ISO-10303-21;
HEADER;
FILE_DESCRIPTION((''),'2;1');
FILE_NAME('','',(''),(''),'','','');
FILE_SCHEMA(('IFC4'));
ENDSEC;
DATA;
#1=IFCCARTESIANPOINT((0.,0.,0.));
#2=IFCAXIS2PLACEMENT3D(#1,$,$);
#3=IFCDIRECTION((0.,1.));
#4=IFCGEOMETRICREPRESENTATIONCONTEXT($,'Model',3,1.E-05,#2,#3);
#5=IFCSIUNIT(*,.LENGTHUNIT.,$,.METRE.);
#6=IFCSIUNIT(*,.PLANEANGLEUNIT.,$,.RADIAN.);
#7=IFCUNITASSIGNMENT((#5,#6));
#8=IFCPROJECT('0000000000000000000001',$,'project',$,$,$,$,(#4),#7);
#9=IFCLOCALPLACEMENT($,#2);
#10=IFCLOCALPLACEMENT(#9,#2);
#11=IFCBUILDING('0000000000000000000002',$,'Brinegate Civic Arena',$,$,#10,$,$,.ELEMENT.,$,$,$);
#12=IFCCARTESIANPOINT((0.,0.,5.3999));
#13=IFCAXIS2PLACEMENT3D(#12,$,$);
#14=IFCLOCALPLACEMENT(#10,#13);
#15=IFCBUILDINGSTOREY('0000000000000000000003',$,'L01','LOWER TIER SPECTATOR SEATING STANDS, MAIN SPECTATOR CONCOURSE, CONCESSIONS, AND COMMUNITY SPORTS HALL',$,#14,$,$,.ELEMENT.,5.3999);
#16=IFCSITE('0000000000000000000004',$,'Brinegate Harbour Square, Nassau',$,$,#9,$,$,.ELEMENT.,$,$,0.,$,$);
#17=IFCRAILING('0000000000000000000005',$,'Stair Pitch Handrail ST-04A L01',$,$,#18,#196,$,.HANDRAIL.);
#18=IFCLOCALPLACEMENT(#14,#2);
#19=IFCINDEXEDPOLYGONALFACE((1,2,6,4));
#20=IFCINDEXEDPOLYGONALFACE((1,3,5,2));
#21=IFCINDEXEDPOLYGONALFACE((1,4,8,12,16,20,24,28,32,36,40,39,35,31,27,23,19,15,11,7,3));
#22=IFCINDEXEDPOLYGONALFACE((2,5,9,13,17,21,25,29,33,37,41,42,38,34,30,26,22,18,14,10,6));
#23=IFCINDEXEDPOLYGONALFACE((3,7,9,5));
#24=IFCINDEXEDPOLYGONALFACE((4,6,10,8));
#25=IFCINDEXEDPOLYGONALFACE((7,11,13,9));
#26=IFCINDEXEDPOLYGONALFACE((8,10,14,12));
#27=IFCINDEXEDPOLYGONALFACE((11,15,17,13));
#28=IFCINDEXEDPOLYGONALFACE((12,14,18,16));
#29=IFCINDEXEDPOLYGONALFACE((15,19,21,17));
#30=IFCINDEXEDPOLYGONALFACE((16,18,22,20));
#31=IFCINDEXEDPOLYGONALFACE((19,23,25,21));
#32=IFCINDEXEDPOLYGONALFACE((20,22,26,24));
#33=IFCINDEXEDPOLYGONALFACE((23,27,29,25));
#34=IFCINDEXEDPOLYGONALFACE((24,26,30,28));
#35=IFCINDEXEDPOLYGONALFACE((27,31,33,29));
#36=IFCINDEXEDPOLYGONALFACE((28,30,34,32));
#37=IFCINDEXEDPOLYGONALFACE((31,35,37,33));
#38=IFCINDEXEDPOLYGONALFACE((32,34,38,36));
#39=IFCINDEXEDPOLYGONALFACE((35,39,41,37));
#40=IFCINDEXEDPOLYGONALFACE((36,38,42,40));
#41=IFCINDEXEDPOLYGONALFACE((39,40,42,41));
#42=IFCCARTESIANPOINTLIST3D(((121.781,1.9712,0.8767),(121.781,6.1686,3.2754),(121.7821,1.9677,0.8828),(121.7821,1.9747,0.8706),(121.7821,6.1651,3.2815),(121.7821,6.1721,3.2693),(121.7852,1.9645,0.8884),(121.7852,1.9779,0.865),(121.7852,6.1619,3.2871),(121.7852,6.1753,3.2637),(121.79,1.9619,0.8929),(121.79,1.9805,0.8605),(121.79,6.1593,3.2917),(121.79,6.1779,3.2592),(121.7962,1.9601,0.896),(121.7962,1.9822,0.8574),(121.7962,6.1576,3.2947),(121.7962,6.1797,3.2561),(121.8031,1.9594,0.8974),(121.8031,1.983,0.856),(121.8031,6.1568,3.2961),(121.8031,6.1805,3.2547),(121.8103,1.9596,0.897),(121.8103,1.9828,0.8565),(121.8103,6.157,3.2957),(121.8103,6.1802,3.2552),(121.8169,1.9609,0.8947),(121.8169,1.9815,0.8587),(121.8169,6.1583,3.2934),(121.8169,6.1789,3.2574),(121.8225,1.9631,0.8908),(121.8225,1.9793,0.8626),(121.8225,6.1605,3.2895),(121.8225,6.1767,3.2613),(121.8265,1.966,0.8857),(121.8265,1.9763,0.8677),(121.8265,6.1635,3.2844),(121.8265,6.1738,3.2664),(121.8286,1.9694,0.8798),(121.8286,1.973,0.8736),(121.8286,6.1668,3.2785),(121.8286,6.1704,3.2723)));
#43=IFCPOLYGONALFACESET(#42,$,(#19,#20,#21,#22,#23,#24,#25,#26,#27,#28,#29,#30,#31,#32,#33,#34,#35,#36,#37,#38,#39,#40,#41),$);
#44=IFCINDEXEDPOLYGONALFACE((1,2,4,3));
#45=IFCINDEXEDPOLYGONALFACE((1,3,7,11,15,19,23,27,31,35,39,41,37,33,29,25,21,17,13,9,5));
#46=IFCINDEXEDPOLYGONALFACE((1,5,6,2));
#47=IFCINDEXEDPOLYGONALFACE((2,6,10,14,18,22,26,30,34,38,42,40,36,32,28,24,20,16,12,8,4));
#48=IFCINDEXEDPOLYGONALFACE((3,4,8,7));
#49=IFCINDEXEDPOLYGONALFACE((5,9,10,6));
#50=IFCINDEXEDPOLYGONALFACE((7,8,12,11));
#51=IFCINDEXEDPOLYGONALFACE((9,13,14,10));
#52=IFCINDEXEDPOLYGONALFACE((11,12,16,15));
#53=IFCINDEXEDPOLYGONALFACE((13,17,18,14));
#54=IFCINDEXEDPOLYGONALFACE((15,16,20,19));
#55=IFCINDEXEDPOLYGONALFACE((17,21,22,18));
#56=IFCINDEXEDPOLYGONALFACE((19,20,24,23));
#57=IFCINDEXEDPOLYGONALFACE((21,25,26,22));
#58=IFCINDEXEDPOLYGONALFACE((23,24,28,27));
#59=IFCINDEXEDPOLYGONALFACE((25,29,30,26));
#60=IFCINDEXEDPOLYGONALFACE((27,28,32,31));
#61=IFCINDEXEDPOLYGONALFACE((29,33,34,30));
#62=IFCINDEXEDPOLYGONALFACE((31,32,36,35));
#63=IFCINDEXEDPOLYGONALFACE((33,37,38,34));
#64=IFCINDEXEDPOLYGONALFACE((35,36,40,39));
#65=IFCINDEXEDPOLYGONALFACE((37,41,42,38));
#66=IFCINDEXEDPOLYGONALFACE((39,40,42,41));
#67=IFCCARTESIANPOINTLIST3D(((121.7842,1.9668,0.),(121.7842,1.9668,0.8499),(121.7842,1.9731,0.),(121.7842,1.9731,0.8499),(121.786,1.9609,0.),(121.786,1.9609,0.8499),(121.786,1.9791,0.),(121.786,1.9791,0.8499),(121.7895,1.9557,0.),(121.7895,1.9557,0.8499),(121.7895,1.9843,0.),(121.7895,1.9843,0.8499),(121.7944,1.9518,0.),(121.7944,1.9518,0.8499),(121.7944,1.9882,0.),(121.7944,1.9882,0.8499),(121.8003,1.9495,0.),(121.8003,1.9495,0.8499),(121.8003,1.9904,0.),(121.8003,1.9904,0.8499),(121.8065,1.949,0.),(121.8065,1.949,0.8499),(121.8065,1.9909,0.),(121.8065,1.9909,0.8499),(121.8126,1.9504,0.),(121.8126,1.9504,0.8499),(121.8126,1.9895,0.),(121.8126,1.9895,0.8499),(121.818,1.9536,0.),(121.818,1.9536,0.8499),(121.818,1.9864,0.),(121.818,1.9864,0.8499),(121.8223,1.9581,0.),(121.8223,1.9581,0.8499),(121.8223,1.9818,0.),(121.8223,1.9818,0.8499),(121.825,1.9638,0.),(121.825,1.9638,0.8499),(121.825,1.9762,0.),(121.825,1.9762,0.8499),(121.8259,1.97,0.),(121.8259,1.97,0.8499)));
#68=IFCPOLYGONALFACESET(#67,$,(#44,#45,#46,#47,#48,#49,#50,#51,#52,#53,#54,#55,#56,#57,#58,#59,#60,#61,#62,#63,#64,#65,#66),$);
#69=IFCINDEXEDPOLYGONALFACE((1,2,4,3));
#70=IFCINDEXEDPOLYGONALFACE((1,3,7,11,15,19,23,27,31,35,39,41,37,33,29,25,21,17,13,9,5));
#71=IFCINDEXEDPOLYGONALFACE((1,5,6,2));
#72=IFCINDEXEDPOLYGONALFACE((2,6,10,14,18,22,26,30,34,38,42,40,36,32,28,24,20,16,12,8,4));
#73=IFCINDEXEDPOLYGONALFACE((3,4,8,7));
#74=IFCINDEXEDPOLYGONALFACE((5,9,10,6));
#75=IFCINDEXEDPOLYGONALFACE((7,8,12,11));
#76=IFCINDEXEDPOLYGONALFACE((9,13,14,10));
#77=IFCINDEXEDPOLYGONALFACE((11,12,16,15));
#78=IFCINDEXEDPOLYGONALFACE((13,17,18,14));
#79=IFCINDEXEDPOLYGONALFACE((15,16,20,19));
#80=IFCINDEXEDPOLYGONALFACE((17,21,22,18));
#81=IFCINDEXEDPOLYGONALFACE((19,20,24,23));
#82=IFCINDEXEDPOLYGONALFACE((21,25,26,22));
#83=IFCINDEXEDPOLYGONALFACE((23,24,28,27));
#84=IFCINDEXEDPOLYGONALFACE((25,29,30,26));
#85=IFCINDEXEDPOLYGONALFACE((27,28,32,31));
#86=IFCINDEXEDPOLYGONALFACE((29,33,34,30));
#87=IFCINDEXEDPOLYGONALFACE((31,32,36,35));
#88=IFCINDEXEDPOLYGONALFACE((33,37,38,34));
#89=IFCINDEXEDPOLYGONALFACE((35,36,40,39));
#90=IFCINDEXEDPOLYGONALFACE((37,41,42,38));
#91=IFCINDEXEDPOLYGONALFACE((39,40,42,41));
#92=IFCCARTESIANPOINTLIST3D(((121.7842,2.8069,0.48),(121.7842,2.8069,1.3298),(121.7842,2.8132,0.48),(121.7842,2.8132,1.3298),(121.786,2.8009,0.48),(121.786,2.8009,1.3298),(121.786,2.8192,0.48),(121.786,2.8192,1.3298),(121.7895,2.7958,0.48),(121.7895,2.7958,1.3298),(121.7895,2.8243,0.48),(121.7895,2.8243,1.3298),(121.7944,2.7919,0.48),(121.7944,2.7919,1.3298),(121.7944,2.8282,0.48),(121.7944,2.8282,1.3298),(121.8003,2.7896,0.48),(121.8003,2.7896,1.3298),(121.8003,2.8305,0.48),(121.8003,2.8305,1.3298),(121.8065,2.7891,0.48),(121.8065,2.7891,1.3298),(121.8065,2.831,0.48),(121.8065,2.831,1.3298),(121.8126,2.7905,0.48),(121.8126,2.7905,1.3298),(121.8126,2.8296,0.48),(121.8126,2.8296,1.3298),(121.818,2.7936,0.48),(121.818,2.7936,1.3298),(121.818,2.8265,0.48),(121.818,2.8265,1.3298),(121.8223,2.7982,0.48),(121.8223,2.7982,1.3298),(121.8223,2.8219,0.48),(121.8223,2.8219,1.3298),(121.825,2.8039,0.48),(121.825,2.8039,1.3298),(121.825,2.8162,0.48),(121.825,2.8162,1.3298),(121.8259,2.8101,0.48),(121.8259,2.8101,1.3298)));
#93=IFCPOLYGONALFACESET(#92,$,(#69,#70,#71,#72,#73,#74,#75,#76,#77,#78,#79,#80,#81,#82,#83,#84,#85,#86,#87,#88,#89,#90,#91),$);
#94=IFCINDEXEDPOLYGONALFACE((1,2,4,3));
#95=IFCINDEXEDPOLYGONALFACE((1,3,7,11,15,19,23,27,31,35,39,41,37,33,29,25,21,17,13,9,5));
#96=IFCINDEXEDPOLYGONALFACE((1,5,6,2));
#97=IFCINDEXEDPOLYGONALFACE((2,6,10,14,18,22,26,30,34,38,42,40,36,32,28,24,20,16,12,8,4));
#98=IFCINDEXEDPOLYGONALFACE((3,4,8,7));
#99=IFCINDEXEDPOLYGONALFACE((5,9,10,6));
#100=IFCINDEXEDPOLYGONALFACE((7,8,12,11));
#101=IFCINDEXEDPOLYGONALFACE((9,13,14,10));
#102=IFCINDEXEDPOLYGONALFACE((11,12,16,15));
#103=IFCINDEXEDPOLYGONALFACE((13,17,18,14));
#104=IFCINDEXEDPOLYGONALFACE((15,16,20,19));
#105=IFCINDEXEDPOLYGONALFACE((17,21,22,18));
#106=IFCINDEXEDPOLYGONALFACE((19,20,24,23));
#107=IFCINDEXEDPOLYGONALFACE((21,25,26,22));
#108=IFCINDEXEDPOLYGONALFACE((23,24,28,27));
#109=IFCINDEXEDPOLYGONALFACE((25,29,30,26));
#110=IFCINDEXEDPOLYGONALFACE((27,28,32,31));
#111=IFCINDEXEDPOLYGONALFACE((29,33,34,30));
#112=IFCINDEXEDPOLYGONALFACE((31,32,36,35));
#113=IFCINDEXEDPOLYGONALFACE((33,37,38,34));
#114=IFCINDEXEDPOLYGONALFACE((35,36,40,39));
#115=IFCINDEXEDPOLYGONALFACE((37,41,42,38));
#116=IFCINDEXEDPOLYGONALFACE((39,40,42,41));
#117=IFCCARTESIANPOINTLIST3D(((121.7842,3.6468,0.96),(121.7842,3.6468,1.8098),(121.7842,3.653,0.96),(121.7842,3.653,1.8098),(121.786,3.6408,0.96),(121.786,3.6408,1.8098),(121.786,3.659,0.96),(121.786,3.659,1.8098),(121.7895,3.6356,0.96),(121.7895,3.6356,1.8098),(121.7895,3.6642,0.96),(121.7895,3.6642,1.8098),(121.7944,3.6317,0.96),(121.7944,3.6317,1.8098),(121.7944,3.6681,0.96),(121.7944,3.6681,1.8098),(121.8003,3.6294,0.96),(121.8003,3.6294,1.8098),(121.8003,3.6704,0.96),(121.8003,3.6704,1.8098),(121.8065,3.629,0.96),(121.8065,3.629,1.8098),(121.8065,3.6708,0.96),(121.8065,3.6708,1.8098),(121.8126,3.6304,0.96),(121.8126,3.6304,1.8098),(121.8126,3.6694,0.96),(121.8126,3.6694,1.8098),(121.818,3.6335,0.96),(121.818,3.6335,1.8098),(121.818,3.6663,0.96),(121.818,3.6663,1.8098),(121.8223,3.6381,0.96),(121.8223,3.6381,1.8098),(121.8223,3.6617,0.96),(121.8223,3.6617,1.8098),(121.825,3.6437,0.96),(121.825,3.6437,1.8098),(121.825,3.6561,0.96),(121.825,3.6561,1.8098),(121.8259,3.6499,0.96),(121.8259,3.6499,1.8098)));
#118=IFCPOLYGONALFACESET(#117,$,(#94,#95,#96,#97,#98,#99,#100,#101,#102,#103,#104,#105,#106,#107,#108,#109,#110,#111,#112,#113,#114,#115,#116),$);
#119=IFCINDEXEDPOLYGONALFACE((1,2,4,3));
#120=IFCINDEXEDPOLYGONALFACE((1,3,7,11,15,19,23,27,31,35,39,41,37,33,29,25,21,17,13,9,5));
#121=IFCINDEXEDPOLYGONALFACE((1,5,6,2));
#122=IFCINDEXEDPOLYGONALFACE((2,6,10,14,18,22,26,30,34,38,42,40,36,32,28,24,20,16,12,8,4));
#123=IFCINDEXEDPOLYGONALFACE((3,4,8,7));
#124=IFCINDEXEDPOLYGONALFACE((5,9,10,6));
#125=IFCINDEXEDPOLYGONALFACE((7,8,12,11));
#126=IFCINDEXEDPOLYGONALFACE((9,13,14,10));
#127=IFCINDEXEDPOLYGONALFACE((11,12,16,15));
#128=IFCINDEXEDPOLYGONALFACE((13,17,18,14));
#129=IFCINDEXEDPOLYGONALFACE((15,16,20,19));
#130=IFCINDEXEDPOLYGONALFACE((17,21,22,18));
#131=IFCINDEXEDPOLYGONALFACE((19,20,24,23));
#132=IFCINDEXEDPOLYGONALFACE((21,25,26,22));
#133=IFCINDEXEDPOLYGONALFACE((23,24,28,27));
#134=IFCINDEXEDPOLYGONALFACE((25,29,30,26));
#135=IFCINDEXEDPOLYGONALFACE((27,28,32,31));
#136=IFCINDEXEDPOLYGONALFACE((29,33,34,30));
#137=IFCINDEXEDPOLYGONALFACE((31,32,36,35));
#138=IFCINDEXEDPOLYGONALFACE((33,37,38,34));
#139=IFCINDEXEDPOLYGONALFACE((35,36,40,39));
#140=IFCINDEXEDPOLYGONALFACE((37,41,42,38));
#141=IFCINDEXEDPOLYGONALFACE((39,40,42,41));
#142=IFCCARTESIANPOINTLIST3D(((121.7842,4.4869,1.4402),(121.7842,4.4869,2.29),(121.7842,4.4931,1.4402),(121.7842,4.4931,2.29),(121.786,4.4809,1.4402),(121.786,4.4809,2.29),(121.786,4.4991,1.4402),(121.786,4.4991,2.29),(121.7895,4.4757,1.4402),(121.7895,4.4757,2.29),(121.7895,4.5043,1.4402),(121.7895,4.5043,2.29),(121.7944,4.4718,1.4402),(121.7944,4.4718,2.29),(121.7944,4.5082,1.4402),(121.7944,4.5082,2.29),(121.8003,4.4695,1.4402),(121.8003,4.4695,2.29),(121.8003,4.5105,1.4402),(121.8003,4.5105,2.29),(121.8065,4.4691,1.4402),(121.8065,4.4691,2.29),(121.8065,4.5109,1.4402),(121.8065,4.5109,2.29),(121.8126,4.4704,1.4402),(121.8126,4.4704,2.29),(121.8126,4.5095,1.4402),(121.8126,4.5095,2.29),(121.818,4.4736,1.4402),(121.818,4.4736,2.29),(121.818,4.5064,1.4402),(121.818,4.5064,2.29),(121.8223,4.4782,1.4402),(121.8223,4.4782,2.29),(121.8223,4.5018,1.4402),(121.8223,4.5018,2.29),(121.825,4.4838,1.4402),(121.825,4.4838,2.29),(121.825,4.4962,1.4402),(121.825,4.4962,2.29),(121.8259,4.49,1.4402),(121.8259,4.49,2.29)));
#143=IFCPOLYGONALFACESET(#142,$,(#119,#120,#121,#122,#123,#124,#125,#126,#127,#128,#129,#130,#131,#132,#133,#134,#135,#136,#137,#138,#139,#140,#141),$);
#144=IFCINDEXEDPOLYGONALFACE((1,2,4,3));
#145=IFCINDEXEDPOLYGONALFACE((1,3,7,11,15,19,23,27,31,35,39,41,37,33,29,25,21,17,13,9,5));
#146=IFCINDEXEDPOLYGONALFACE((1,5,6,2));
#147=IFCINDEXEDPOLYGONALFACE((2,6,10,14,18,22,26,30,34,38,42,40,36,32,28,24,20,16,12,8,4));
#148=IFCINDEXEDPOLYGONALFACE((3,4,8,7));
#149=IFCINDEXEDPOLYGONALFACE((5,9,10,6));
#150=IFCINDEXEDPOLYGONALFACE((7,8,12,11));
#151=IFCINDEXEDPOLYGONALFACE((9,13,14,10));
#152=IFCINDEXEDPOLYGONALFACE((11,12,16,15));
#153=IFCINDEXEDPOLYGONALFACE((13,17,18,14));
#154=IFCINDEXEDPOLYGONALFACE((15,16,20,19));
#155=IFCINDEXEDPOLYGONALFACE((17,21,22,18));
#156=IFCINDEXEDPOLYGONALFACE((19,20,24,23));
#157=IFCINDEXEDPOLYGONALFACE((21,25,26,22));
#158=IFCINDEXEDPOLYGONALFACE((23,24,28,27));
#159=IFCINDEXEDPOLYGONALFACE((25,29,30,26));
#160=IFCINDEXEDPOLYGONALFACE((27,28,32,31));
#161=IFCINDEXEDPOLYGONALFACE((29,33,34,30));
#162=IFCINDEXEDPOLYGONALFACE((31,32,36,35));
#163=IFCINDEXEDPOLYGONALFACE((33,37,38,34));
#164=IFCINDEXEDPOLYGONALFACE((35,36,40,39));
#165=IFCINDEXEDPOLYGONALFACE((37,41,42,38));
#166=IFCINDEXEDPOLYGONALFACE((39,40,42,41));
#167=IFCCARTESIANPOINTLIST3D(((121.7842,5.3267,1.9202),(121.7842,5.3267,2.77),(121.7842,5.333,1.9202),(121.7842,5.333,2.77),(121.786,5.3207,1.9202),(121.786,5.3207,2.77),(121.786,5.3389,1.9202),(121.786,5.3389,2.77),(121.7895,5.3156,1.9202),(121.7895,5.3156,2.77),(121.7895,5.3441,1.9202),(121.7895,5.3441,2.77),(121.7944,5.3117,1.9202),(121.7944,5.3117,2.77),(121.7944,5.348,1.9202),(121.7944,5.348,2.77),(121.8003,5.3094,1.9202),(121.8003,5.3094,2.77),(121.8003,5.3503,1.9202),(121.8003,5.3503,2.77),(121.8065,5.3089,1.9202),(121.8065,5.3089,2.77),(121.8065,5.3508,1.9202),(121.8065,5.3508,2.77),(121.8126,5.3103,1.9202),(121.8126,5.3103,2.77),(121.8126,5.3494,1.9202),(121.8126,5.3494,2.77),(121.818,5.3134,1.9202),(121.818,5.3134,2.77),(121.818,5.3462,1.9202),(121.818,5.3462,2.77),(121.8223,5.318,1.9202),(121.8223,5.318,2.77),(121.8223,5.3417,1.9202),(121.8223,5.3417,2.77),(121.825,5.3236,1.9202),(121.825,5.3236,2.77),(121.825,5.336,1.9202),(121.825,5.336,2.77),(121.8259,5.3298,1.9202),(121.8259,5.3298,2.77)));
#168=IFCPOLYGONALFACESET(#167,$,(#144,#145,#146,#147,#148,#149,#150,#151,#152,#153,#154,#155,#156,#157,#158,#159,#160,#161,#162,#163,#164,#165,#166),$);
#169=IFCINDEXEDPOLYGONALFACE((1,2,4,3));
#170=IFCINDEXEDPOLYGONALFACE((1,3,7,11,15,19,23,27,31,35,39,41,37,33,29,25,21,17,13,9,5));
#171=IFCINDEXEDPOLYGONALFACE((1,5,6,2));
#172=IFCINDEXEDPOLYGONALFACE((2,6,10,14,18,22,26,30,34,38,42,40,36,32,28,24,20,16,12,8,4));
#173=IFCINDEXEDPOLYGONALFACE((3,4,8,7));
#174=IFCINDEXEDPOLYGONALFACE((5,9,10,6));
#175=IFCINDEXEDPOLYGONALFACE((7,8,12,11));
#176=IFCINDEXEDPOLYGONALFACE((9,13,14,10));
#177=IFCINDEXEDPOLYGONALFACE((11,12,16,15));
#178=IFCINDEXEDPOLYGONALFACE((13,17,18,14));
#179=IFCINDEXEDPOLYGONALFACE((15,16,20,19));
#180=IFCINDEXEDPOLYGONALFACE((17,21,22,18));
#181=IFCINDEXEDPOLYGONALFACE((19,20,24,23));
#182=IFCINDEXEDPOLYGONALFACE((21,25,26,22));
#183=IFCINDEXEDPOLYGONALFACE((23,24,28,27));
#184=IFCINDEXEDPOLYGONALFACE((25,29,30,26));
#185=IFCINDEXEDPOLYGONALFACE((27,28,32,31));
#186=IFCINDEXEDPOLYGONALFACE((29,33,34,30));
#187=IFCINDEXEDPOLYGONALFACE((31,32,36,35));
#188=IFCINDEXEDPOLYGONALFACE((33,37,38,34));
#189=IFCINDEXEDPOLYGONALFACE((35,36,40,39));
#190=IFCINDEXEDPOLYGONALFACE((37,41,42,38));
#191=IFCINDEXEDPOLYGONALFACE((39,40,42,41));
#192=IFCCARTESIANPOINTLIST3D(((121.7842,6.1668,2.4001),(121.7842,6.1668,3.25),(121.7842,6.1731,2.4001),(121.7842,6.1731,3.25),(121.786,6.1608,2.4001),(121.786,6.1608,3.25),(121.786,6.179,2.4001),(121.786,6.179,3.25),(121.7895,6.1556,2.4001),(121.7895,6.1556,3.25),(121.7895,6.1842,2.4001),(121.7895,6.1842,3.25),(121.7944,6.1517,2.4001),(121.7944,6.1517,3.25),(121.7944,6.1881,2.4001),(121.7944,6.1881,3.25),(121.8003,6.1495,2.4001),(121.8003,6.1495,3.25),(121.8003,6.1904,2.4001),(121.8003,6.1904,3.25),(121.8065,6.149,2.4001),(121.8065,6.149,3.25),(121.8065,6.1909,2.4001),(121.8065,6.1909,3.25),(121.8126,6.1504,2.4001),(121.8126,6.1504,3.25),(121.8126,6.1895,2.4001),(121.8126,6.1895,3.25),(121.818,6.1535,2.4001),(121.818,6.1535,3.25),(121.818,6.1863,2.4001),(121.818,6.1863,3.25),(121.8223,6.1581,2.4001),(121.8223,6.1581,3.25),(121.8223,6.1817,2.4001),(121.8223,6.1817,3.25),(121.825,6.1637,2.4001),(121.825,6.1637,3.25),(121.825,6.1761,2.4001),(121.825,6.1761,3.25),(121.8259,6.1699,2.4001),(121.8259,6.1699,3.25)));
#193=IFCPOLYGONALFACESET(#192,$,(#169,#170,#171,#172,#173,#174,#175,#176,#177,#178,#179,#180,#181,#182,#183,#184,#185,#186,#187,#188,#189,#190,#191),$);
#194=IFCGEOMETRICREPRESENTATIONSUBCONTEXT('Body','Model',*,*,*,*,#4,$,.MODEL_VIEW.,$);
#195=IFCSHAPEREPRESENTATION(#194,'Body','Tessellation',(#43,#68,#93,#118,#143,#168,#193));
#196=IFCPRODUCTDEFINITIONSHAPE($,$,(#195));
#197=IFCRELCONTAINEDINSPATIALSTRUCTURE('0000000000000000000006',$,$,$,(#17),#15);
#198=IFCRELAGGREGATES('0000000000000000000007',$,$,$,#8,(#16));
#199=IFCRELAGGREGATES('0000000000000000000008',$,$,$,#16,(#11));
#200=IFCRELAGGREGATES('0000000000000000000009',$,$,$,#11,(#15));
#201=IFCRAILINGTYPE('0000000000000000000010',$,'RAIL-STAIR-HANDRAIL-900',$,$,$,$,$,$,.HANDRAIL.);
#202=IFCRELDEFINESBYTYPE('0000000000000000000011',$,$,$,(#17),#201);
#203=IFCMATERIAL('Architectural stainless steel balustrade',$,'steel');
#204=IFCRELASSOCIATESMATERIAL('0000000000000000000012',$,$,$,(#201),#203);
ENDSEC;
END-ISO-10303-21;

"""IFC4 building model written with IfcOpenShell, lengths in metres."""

from ifc_helpers import new_model, si_unit, direction, frame, origin, origin_2d, place, context, subcontext, project, spatial, circle, extrude, material, type_object, element, save


model = new_model("IFC4")

# Units and contexts
model_context = context("Model", 3, precision=1e-05, world=origin(), true_north=direction((0.0, 1.0)))
body_context = subcontext(model_context, "Body", "Model", "MODEL_VIEW")
ifc_project = project(units=[si_unit("LENGTHUNIT", "METRE"), si_unit("PLANEANGLEUNIT", "RADIAN")], contexts=[model_context])

# Site, building, storey
site_placement = place(None, origin())
site = spatial("IfcSite", under=ifc_project, at=site_placement, Name="Brinegate Harbour Square, Nassau", CompositionType="ELEMENT", RefElevation=0.0)
building_placement = place(site_placement, origin())
building = spatial("IfcBuilding", under=site, at=building_placement, Name="Brinegate Civic Arena", CompositionType="ELEMENT")
storey_placement = place(building_placement, frame((0.0, 0.0, 5.3999)))
storey = spatial("IfcBuildingStorey", under=building, at=storey_placement, Name="L01", Description="LOWER TIER SPECTATOR SEATING STANDS, MAIN SPECTATOR CONCOURSE, CONCESSIONS, AND COMMUNITY SPORTS HALL", CompositionType="ELEMENT", Elevation=5.3999)

# Railing
ifc_material_1 = material(Name="Architectural stainless steel balustrade", Category="steel")
railing_type_1 = type_object("IfcRailingType", Name="RAIL-STAIR-HANDRAIL-900", PredefinedType="HANDRAIL", material=ifc_material_1)
for number, where, name in (
    (1, (121.8049, 1.97, 0.0), "Stair Pitch Handrail ST-04A L01"),
):
    element("IfcRailing", number, at=place(storey_placement, frame(where)), inside=storey, type_object=railing_type_1, Name=name, PredefinedType="HANDRAIL", context=body_context, shape_type="SweptSolid", body=[
        extrude(circle(Radius=0.0239, at=origin_2d()), frame((0.0, 0.0012, 0.8767), z_axis=(0.0, 0.868228, 0.496166), x_axis=(-1.0, 0.0, 0.0)), (0.0, 0.0, 1.0), 4.8345),
        extrude(circle(Radius=0.021, at=origin_2d()), origin(), (0.0, 0.0, 1.0), 0.8499),
        extrude(circle(Radius=0.021, at=origin_2d()), frame((0.0, 0.8401, 0.48)), (0.0, 0.0, 1.0), 0.8499),
        extrude(circle(Radius=0.021, at=origin_2d()), frame((0.0, 1.6799, 0.96)), (0.0, 0.0, 1.0), 0.8499),
        extrude(circle(Radius=0.021, at=origin_2d()), frame((0.0, 2.52, 1.4402)), (0.0, 0.0, 1.0), 0.8499),
        extrude(circle(Radius=0.021, at=origin_2d()), frame((0.0, 3.3599, 1.9202)), (0.0, 0.0, 1.0), 0.8499),
        extrude(circle(Radius=0.021, at=origin_2d()), frame((0.0, 4.2, 2.4001)), (0.0, 0.0, 1.0), 0.8499),
    ])

save(model, "model.ifc")
